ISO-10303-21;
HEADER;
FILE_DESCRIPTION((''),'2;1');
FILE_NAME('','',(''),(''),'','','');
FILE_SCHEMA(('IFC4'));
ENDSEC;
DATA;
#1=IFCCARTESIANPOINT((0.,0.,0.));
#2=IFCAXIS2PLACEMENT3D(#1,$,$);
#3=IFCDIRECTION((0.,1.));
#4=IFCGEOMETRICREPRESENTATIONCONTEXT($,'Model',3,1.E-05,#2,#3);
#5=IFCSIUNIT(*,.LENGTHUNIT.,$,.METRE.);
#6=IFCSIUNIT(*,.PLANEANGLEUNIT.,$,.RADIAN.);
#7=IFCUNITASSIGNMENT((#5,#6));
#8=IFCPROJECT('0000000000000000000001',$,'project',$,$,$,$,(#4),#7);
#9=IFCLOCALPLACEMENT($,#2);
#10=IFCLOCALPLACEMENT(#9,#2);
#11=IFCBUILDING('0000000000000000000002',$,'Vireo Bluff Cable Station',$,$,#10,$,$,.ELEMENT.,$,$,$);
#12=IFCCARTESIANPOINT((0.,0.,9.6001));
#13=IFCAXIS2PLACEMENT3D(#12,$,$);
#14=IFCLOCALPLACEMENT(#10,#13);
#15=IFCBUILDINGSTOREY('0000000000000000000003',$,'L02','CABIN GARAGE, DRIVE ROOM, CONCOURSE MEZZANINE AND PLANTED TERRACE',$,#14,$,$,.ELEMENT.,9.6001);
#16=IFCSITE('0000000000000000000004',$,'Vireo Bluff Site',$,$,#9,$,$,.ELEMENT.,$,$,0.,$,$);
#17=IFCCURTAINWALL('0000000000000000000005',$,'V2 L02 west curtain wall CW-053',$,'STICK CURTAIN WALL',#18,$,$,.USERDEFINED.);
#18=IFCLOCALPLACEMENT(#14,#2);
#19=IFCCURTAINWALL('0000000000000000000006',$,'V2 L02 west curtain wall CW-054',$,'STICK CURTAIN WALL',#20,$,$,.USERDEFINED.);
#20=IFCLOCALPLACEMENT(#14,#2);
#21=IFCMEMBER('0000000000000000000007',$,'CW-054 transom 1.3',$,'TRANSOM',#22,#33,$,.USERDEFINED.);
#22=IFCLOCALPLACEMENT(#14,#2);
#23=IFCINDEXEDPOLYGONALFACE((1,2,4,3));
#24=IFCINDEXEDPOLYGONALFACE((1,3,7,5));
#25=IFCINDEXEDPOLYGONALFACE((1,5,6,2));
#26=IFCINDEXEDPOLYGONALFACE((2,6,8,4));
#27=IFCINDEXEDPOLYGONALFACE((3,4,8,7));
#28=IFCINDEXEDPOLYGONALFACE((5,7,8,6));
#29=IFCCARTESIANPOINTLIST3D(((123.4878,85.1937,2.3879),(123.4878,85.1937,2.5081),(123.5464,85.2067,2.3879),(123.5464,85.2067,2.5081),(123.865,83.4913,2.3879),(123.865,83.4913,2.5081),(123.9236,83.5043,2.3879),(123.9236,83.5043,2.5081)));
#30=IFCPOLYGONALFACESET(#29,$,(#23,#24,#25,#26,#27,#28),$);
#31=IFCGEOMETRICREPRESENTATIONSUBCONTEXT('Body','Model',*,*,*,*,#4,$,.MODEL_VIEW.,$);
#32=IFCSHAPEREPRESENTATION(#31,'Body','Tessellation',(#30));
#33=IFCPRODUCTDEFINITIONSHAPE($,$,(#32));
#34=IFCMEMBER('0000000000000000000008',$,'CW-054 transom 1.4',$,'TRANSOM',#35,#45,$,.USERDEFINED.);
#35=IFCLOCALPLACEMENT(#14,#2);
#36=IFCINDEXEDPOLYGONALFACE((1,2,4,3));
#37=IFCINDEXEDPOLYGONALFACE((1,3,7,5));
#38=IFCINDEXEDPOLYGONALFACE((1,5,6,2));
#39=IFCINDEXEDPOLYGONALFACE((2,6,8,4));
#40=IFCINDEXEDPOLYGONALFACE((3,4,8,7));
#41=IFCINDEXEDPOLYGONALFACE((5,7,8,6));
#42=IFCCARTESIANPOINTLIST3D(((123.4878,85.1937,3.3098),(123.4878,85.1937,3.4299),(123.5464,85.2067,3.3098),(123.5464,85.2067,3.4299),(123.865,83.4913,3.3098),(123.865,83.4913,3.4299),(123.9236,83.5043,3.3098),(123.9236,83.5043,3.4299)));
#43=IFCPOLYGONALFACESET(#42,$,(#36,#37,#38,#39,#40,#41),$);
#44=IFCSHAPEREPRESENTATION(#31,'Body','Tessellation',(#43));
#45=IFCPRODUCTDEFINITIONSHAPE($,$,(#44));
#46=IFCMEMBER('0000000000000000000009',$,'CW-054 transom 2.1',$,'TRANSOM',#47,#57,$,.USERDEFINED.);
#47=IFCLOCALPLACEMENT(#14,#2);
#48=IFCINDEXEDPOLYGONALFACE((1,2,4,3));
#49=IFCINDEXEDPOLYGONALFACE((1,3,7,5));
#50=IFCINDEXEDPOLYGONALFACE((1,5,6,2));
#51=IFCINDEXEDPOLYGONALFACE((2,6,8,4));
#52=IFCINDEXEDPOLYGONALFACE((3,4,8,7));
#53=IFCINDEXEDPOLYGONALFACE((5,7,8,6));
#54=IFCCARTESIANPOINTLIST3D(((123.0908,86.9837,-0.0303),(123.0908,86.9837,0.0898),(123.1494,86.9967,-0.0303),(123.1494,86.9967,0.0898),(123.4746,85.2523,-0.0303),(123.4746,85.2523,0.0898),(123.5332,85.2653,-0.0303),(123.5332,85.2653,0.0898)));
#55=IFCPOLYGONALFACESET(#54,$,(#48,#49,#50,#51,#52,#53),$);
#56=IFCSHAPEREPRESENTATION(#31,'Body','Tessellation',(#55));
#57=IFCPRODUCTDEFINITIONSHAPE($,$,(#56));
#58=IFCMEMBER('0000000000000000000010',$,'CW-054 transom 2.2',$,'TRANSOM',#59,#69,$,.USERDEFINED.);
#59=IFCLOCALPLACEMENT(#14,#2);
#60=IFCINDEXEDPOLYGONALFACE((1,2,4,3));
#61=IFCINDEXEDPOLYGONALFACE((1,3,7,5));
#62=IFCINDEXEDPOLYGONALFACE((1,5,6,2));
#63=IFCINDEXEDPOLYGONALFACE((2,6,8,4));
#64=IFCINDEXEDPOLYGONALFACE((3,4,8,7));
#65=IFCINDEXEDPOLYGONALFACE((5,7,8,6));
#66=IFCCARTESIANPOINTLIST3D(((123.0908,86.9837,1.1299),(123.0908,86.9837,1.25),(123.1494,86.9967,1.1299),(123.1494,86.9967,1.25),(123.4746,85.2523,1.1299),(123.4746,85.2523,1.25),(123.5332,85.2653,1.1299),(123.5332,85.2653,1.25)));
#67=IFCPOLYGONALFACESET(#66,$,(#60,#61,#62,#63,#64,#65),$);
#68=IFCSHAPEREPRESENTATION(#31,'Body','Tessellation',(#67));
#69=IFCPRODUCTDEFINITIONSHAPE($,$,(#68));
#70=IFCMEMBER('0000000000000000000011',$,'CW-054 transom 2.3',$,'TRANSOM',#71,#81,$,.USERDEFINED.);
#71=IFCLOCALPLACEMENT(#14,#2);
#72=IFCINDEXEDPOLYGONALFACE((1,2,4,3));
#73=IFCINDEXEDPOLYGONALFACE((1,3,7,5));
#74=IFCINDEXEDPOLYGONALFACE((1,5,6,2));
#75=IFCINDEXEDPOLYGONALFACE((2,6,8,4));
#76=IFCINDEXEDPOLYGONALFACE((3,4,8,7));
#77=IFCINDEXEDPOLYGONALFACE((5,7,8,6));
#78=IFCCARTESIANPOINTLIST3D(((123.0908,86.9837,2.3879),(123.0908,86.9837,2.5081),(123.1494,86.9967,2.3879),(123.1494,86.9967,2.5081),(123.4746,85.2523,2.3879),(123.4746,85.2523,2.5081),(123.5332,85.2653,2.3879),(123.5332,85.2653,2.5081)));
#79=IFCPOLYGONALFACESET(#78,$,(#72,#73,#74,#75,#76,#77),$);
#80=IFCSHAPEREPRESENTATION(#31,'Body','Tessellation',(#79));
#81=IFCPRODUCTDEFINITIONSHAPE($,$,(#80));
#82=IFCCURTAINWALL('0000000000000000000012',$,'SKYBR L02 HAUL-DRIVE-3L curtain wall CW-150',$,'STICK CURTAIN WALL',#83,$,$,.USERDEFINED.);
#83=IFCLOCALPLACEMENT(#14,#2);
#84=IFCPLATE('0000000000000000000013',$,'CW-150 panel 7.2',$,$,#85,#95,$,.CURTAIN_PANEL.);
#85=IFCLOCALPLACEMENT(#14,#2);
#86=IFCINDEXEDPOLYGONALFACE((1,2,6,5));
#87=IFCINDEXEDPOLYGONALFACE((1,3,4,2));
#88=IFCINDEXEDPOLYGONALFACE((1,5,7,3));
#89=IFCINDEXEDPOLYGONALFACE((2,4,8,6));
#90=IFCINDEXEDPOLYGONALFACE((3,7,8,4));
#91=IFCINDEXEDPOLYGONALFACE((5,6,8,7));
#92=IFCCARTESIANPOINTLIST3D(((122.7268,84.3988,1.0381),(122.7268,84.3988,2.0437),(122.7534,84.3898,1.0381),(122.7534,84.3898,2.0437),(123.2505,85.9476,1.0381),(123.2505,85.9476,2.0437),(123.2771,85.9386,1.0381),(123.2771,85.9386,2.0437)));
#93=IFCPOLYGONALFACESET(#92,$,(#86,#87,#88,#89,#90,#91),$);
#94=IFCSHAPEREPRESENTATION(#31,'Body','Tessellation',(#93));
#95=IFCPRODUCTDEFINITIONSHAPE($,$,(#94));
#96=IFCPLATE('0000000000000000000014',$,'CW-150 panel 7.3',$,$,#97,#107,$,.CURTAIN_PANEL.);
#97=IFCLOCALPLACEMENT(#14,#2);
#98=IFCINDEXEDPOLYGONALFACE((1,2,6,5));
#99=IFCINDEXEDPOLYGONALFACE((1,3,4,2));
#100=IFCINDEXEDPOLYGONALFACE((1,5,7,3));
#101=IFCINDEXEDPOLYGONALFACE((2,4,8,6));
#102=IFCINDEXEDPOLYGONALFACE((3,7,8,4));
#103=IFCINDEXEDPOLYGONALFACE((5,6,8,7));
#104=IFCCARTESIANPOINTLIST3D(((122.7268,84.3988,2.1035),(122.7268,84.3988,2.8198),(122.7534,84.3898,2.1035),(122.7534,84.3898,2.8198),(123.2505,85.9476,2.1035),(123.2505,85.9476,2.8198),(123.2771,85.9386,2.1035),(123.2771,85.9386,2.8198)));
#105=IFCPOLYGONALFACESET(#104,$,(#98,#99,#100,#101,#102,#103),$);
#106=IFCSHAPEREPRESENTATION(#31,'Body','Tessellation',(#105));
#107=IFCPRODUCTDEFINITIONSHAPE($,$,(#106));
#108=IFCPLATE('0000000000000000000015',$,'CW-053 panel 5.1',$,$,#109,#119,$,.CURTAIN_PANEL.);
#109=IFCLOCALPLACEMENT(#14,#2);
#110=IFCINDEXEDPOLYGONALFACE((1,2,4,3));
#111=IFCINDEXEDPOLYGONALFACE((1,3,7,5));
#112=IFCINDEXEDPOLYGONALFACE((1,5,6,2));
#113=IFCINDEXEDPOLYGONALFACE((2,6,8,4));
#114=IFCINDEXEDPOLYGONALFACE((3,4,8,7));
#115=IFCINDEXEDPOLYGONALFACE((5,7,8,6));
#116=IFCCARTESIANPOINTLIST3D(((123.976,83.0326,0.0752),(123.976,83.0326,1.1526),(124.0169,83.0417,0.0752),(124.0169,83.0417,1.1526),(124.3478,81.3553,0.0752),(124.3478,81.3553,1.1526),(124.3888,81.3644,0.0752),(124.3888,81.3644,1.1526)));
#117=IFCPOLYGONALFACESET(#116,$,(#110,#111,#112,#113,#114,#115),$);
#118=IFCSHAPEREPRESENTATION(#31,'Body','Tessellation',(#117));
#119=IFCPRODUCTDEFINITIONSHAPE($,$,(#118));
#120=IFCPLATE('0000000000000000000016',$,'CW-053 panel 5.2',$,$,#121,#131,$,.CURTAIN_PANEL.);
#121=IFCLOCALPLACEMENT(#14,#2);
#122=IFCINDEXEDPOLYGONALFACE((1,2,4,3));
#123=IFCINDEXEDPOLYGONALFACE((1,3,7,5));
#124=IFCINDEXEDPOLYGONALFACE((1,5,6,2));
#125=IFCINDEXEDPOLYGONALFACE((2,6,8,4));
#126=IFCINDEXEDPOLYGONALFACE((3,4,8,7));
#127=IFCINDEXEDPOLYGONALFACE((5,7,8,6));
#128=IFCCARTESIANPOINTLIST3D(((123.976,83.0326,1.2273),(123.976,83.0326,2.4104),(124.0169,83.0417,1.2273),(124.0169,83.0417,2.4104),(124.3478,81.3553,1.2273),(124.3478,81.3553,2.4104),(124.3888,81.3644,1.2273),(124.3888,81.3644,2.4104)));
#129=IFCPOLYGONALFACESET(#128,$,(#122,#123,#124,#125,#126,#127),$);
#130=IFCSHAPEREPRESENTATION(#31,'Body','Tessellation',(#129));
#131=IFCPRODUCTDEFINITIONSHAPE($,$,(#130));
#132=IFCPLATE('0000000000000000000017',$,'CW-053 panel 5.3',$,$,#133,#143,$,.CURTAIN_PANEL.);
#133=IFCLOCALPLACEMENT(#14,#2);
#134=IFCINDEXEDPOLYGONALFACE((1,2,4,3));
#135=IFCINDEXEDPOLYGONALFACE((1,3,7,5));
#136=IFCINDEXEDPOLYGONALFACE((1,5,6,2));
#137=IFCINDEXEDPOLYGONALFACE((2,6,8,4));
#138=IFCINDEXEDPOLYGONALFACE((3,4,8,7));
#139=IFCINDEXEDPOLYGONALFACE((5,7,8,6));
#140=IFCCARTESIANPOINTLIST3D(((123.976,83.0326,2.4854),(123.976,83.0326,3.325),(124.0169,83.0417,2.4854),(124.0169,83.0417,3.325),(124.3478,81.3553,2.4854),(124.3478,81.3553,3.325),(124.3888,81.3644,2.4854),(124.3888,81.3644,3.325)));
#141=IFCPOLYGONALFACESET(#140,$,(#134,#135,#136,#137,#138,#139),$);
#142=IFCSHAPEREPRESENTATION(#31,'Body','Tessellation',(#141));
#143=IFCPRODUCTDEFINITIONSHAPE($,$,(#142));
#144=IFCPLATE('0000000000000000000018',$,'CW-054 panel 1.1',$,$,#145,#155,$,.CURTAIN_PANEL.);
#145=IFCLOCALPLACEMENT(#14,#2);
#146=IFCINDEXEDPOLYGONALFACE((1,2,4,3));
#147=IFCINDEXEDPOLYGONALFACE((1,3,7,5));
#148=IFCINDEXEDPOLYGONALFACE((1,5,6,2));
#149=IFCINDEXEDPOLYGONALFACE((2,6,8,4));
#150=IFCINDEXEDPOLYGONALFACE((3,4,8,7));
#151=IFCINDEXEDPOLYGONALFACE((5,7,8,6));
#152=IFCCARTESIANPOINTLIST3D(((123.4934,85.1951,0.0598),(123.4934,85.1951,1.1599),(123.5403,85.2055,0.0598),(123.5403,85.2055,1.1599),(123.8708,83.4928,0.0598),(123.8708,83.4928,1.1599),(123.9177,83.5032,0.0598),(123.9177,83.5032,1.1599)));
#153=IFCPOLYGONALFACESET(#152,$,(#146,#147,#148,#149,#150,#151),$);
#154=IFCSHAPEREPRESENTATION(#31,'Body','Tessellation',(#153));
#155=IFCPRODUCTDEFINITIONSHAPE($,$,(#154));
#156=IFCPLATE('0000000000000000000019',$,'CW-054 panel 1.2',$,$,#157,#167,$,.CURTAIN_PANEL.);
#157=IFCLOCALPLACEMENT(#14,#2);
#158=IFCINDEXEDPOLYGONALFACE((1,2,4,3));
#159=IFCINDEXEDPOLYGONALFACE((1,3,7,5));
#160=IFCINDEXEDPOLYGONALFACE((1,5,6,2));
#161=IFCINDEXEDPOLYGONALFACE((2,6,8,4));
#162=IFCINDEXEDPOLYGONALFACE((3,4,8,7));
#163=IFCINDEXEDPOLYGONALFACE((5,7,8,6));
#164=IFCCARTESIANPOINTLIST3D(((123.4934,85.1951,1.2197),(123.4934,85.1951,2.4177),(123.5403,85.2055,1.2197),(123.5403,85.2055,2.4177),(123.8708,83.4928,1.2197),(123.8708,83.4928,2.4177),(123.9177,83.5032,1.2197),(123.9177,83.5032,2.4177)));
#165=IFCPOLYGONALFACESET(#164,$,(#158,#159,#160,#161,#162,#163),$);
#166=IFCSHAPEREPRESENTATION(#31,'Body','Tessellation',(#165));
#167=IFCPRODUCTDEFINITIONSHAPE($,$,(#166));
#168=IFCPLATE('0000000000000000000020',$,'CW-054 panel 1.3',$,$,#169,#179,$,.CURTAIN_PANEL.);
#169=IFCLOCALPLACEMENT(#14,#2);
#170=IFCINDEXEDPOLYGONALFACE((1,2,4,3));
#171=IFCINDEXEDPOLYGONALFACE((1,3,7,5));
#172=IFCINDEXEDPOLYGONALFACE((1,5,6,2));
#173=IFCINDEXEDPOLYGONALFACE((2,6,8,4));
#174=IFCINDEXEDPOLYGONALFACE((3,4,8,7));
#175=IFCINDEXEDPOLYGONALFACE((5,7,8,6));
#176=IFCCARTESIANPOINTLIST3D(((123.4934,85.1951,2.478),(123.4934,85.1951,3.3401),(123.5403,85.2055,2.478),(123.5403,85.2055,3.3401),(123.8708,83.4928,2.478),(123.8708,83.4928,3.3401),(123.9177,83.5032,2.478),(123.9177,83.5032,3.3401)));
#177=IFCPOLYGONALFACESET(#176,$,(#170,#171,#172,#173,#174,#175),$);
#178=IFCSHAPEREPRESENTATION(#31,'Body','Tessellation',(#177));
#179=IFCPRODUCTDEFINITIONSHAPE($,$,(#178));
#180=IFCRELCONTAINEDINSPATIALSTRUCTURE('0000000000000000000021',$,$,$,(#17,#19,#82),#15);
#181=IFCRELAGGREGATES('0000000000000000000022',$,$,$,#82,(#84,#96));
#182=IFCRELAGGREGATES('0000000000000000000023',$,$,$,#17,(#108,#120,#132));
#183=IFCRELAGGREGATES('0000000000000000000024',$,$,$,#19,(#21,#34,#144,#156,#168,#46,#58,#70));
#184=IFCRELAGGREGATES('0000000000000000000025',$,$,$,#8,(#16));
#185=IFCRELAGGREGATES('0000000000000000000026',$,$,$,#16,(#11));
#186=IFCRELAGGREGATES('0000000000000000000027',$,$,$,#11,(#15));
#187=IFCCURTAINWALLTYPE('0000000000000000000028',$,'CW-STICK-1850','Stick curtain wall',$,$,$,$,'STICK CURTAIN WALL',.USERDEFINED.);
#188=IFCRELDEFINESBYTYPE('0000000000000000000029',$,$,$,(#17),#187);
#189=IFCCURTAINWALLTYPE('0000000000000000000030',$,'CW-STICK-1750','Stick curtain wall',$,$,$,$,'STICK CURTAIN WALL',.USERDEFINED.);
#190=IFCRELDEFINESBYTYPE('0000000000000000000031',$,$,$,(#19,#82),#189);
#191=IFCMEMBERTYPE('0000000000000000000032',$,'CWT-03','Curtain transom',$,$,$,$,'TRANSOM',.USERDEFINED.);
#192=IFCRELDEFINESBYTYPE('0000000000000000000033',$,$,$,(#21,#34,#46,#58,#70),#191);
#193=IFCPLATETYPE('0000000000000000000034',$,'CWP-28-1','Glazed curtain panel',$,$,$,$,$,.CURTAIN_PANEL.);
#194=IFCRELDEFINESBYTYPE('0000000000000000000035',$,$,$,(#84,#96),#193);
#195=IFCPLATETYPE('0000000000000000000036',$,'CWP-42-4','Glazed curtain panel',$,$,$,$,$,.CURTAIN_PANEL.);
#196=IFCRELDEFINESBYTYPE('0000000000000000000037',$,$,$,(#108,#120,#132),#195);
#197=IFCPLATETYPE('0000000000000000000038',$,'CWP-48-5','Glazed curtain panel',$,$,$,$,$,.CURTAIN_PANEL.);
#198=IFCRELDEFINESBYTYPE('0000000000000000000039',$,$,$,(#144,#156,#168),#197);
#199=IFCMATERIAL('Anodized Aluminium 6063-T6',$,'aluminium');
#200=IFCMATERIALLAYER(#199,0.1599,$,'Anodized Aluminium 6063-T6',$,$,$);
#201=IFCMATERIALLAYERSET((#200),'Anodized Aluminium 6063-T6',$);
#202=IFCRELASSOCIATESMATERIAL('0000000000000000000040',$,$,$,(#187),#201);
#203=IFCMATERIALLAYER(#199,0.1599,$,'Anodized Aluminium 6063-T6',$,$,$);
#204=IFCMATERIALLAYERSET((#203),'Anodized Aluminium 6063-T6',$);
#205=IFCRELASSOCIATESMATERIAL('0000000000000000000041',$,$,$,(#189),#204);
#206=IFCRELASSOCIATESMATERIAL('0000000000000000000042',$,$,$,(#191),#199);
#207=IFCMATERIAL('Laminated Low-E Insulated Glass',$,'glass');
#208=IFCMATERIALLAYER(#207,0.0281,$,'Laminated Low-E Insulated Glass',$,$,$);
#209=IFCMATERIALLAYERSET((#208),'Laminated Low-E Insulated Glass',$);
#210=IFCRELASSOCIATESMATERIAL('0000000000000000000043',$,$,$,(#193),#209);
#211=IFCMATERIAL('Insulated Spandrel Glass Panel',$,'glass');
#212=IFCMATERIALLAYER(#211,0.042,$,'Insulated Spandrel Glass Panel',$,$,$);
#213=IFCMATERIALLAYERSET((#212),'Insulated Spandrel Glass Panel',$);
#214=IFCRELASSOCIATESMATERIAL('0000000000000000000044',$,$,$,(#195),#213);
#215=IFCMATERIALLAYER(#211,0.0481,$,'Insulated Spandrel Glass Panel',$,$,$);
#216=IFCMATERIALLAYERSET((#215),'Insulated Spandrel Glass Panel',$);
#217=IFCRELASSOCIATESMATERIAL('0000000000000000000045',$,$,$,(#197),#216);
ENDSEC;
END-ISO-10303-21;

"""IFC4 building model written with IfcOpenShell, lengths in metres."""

from ifc_helpers import new_model, si_unit, direction, frame, origin, origin_2d, place, context, subcontext, project, spatial, rectangle, extrude, material, layer, layer_set, material_profile, profile_set, type_object, element, aggregate, save


model = new_model("IFC4")

# Units and contexts
model_context = context("Model", 3, precision=1e-05, world=origin(), true_north=direction((0.0, 1.0)))
body_context = subcontext(model_context, "Body", "Model", "MODEL_VIEW")
ifc_project = project(units=[si_unit("LENGTHUNIT", "METRE"), si_unit("PLANEANGLEUNIT", "RADIAN")], contexts=[model_context])

# Site, building, storey
site_placement = place(None, origin())
site = spatial("IfcSite", under=ifc_project, at=site_placement, Name="Vireo Bluff Site", CompositionType="ELEMENT", RefElevation=0.0)
building_placement = place(site_placement, origin())
building = spatial("IfcBuilding", under=site, at=building_placement, Name="Vireo Bluff Cable Station", CompositionType="ELEMENT")
storey_placement = place(building_placement, frame((0.0, 0.0, 9.6001)))
storey = spatial("IfcBuildingStorey", under=building, at=storey_placement, Name="L02", Description="CABIN GARAGE, DRIVE ROOM, CONCOURSE MEZZANINE AND PLANTED TERRACE", CompositionType="ELEMENT", Elevation=9.6001)

# Curtain walls
ifc_material_1 = material(Name="Anodized Aluminium 6063-T6", Category="aluminium")
ifc_layer_1 = layer(ifc_material_1, 0.1599, Name="Anodized Aluminium 6063-T6")
ifc_layer_set_1 = layer_set([ifc_layer_1], Name="Anodized Aluminium 6063-T6")
curtain_wall_type_1 = type_object("IfcCurtainWallType", Name="CW-STICK-1850", Description="Stick curtain wall", ElementType="STICK CURTAIN WALL", PredefinedType="USERDEFINED", material=ifc_layer_set_1)
curtain_wall_1_placement = place(storey_placement, origin())
curtain_wall_1 = element("IfcCurtainWall", 1, at=curtain_wall_1_placement, inside=storey, type_object=curtain_wall_type_1, Name="V2 L02 west curtain wall CW-053", ObjectType="STICK CURTAIN WALL", PredefinedType="USERDEFINED")
ifc_layer_2 = layer(ifc_material_1, 0.1599, Name="Anodized Aluminium 6063-T6")
ifc_layer_set_2 = layer_set([ifc_layer_2], Name="Anodized Aluminium 6063-T6")
curtain_wall_type_2 = type_object("IfcCurtainWallType", Name="CW-STICK-1750", Description="Stick curtain wall", ElementType="STICK CURTAIN WALL", PredefinedType="USERDEFINED", material=ifc_layer_set_2)
curtain_wall_2_placement = place(storey_placement, origin())
curtain_wall_2 = element("IfcCurtainWall", 2, at=curtain_wall_2_placement, inside=storey, type_object=curtain_wall_type_2, Name="V2 L02 west curtain wall CW-054", ObjectType="STICK CURTAIN WALL", PredefinedType="USERDEFINED")

# Members
ifc_material_profile_1 = material_profile(ifc_material_1, rectangle(XDim=0.0601, YDim=0.1201, at=origin_2d()), Name="ALU-T-60X120")
ifc_profile_set_1 = profile_set([ifc_material_profile_1], Name="Anodized Aluminium 6063-T6")
member_type_1 = type_object("IfcMemberType", Name="CWT-03", Description="Curtain transom", ElementType="TRANSOM", PredefinedType="USERDEFINED", material=ifc_profile_set_1)
member_1_placement = place(storey_placement, frame((123.8943, 83.4978, 2.448), z_axis=(-0.216323, 0.976322, 0.0), x_axis=(-0.976322, -0.216323, 0.0)))
member_1 = element("IfcMember", 3, at=member_1_placement, type_object=member_type_1, Name="CW-054 transom 1.3", ObjectType="TRANSOM", PredefinedType="USERDEFINED", context=body_context, shape_type="SweptSolid", body=[
    extrude(rectangle(XDim=0.0601, YDim=0.1201, at=origin_2d()), origin(), (0.0, 0.0, 1.0), 1.7437),
])
member_2_placement = place(storey_placement, frame((123.8943, 83.4978, 3.3699), z_axis=(-0.216323, 0.976322, 0.0), x_axis=(-0.976322, -0.216323, 0.0)))
member_2 = element("IfcMember", 4, at=member_2_placement, type_object=member_type_1, Name="CW-054 transom 1.4", ObjectType="TRANSOM", PredefinedType="USERDEFINED", context=body_context, shape_type="SweptSolid", body=[
    extrude(rectangle(XDim=0.0601, YDim=0.1201, at=origin_2d()), origin(), (0.0, 0.0, 1.0), 1.7437),
])
member_3_placement = place(storey_placement, frame((123.5039, 85.2588, 0.0298), z_axis=(-0.216406, 0.976304, 0.0), x_axis=(-0.976304, -0.216406, 0.0)))
member_3 = element("IfcMember", 5, at=member_3_placement, type_object=member_type_1, Name="CW-054 transom 2.1", ObjectType="TRANSOM", PredefinedType="USERDEFINED", context=body_context, shape_type="SweptSolid", body=[
    extrude(rectangle(XDim=0.0601, YDim=0.1201, at=origin_2d()), origin(), (0.0, 0.0, 1.0), 1.7734),
])
member_4_placement = place(storey_placement, frame((123.5039, 85.2588, 1.1899), z_axis=(-0.216406, 0.976304, 0.0), x_axis=(-0.976304, -0.216406, 0.0)))
member_4 = element("IfcMember", 6, at=member_4_placement, type_object=member_type_1, Name="CW-054 transom 2.2", ObjectType="TRANSOM", PredefinedType="USERDEFINED", context=body_context, shape_type="SweptSolid", body=[
    extrude(rectangle(XDim=0.0601, YDim=0.1201, at=origin_2d()), origin(), (0.0, 0.0, 1.0), 1.7734),
])
member_5_placement = place(storey_placement, frame((123.5039, 85.2588, 2.448), z_axis=(-0.216406, 0.976304, 0.0), x_axis=(-0.976304, -0.216406, 0.0)))
member_5 = element("IfcMember", 7, at=member_5_placement, type_object=member_type_1, Name="CW-054 transom 2.3", ObjectType="TRANSOM", PredefinedType="USERDEFINED", context=body_context, shape_type="SweptSolid", body=[
    extrude(rectangle(XDim=0.0601, YDim=0.1201, at=origin_2d()), origin(), (0.0, 0.0, 1.0), 1.7734),
])

# Curtain wall, plates
curtain_wall_3_placement = place(storey_placement, origin())
curtain_wall_3 = element("IfcCurtainWall", 8, at=curtain_wall_3_placement, inside=storey, type_object=curtain_wall_type_2, Name="SKYBR L02 HAUL-DRIVE-3L curtain wall CW-150", ObjectType="STICK CURTAIN WALL", PredefinedType="USERDEFINED")
ifc_material_2 = material(Name="Laminated Low-E Insulated Glass", Category="glass")
ifc_layer_3 = layer(ifc_material_2, 0.0281, Name="Laminated Low-E Insulated Glass")
ifc_layer_set_3 = layer_set([ifc_layer_3], Name="Laminated Low-E Insulated Glass")
plate_type_1 = type_object("IfcPlateType", Name="CWP-28-1", Description="Glazed curtain panel", PredefinedType="CURTAIN_PANEL", material=ifc_layer_set_3)
plate_1_placement = place(storey_placement, frame((123.002, 85.1687, 1.0381), z_axis=(0.0, 0.0, 1.0), x_axis=(0.320354, 0.947298, 0.0)))
plate_1 = element("IfcPlate", 9, at=plate_1_placement, type_object=plate_type_1, Name="CW-150 panel 7.2", PredefinedType="CURTAIN_PANEL", context=body_context, shape_type="SweptSolid", body=[
    extrude(rectangle(XDim=1.635, YDim=0.0281, at=origin_2d()), origin(), (0.0, 0.0, 1.0), 1.0056),
])
plate_2_placement = place(storey_placement, frame((123.002, 85.1687, 2.1035), z_axis=(0.0, 0.0, 1.0), x_axis=(0.320354, 0.947298, 0.0)))
plate_2 = element("IfcPlate", 10, at=plate_2_placement, type_object=plate_type_1, Name="CW-150 panel 7.3", PredefinedType="CURTAIN_PANEL", context=body_context, shape_type="SweptSolid", body=[
    extrude(rectangle(XDim=1.635, YDim=0.0281, at=origin_2d()), origin(), (0.0, 0.0, 1.0), 0.7163),
])
aggregate(curtain_wall_3, [plate_1, plate_2])

# Plates
ifc_material_3 = material(Name="Insulated Spandrel Glass Panel", Category="glass")
ifc_layer_4 = layer(ifc_material_3, 0.042, Name="Insulated Spandrel Glass Panel")
ifc_layer_set_4 = layer_set([ifc_layer_4], Name="Insulated Spandrel Glass Panel")
plate_type_2 = type_object("IfcPlateType", Name="CWP-42-4", Description="Glazed curtain panel", PredefinedType="CURTAIN_PANEL", material=ifc_layer_set_4)
plate_3_placement = place(storey_placement, frame((124.1824, 82.1985, 0.0752), z_axis=(0.0, 0.0, 1.0), x_axis=(-0.21644, 0.976296, 0.0)))
plate_3 = element("IfcPlate", 11, at=plate_3_placement, type_object=plate_type_2, Name="CW-053 panel 5.1", PredefinedType="CURTAIN_PANEL", context=body_context, shape_type="SweptSolid", body=[
    extrude(rectangle(XDim=1.718, YDim=0.042, at=origin_2d()), origin(), (0.0, 0.0, 1.0), 1.0774),
])
plate_4_placement = place(storey_placement, frame((124.1824, 82.1985, 1.2273), z_axis=(0.0, 0.0, 1.0), x_axis=(-0.21644, 0.976296, 0.0)))
plate_4 = element("IfcPlate", 12, at=plate_4_placement, type_object=plate_type_2, Name="CW-053 panel 5.2", PredefinedType="CURTAIN_PANEL", context=body_context, shape_type="SweptSolid", body=[
    extrude(rectangle(XDim=1.718, YDim=0.042, at=origin_2d()), origin(), (0.0, 0.0, 1.0), 1.1831),
])
plate_5_placement = place(storey_placement, frame((124.1824, 82.1985, 2.4854), z_axis=(0.0, 0.0, 1.0), x_axis=(-0.21644, 0.976296, 0.0)))
plate_5 = element("IfcPlate", 13, at=plate_5_placement, type_object=plate_type_2, Name="CW-053 panel 5.3", PredefinedType="CURTAIN_PANEL", context=body_context, shape_type="SweptSolid", body=[
    extrude(rectangle(XDim=1.718, YDim=0.042, at=origin_2d()), origin(), (0.0, 0.0, 1.0), 0.8396),
])
aggregate(curtain_wall_1, [plate_3, plate_4, plate_5])
ifc_layer_5 = layer(ifc_material_3, 0.0481, Name="Insulated Spandrel Glass Panel")
ifc_layer_set_5 = layer_set([ifc_layer_5], Name="Insulated Spandrel Glass Panel")
plate_type_3 = type_object("IfcPlateType", Name="CWP-48-5", Description="Glazed curtain panel", PredefinedType="CURTAIN_PANEL", material=ifc_layer_set_5)
plate_6_placement = place(storey_placement, frame((123.7056, 84.3491, 0.0598), z_axis=(0.0, 0.0, 1.0), x_axis=(-0.21644, 0.976296, 0.0)))
plate_6 = element("IfcPlate", 14, at=plate_6_placement, type_object=plate_type_3, Name="CW-054 panel 1.1", PredefinedType="CURTAIN_PANEL", context=body_context, shape_type="SweptSolid", body=[
    extrude(rectangle(XDim=1.7437, YDim=0.0481, at=origin_2d()), origin(), (0.0, 0.0, 1.0), 1.1001),
])
plate_7_placement = place(storey_placement, frame((123.7056, 84.3491, 1.2197), z_axis=(0.0, 0.0, 1.0), x_axis=(-0.21644, 0.976296, 0.0)))
plate_7 = element("IfcPlate", 15, at=plate_7_placement, type_object=plate_type_3, Name="CW-054 panel 1.2", PredefinedType="CURTAIN_PANEL", context=body_context, shape_type="SweptSolid", body=[
    extrude(rectangle(XDim=1.7437, YDim=0.0481, at=origin_2d()), origin(), (0.0, 0.0, 1.0), 1.198),
])
plate_8_placement = place(storey_placement, frame((123.7056, 84.3491, 2.478), z_axis=(0.0, 0.0, 1.0), x_axis=(-0.21644, 0.976296, 0.0)))
plate_8 = element("IfcPlate", 16, at=plate_8_placement, type_object=plate_type_3, Name="CW-054 panel 1.3", PredefinedType="CURTAIN_PANEL", context=body_context, shape_type="SweptSolid", body=[
    extrude(rectangle(XDim=1.7437, YDim=0.0481, at=origin_2d()), origin(), (0.0, 0.0, 1.0), 0.8621),
])
aggregate(curtain_wall_2, [member_1, member_2, plate_6, plate_7, plate_8, member_3, member_4, member_5])

save(model, "model.ifc")
